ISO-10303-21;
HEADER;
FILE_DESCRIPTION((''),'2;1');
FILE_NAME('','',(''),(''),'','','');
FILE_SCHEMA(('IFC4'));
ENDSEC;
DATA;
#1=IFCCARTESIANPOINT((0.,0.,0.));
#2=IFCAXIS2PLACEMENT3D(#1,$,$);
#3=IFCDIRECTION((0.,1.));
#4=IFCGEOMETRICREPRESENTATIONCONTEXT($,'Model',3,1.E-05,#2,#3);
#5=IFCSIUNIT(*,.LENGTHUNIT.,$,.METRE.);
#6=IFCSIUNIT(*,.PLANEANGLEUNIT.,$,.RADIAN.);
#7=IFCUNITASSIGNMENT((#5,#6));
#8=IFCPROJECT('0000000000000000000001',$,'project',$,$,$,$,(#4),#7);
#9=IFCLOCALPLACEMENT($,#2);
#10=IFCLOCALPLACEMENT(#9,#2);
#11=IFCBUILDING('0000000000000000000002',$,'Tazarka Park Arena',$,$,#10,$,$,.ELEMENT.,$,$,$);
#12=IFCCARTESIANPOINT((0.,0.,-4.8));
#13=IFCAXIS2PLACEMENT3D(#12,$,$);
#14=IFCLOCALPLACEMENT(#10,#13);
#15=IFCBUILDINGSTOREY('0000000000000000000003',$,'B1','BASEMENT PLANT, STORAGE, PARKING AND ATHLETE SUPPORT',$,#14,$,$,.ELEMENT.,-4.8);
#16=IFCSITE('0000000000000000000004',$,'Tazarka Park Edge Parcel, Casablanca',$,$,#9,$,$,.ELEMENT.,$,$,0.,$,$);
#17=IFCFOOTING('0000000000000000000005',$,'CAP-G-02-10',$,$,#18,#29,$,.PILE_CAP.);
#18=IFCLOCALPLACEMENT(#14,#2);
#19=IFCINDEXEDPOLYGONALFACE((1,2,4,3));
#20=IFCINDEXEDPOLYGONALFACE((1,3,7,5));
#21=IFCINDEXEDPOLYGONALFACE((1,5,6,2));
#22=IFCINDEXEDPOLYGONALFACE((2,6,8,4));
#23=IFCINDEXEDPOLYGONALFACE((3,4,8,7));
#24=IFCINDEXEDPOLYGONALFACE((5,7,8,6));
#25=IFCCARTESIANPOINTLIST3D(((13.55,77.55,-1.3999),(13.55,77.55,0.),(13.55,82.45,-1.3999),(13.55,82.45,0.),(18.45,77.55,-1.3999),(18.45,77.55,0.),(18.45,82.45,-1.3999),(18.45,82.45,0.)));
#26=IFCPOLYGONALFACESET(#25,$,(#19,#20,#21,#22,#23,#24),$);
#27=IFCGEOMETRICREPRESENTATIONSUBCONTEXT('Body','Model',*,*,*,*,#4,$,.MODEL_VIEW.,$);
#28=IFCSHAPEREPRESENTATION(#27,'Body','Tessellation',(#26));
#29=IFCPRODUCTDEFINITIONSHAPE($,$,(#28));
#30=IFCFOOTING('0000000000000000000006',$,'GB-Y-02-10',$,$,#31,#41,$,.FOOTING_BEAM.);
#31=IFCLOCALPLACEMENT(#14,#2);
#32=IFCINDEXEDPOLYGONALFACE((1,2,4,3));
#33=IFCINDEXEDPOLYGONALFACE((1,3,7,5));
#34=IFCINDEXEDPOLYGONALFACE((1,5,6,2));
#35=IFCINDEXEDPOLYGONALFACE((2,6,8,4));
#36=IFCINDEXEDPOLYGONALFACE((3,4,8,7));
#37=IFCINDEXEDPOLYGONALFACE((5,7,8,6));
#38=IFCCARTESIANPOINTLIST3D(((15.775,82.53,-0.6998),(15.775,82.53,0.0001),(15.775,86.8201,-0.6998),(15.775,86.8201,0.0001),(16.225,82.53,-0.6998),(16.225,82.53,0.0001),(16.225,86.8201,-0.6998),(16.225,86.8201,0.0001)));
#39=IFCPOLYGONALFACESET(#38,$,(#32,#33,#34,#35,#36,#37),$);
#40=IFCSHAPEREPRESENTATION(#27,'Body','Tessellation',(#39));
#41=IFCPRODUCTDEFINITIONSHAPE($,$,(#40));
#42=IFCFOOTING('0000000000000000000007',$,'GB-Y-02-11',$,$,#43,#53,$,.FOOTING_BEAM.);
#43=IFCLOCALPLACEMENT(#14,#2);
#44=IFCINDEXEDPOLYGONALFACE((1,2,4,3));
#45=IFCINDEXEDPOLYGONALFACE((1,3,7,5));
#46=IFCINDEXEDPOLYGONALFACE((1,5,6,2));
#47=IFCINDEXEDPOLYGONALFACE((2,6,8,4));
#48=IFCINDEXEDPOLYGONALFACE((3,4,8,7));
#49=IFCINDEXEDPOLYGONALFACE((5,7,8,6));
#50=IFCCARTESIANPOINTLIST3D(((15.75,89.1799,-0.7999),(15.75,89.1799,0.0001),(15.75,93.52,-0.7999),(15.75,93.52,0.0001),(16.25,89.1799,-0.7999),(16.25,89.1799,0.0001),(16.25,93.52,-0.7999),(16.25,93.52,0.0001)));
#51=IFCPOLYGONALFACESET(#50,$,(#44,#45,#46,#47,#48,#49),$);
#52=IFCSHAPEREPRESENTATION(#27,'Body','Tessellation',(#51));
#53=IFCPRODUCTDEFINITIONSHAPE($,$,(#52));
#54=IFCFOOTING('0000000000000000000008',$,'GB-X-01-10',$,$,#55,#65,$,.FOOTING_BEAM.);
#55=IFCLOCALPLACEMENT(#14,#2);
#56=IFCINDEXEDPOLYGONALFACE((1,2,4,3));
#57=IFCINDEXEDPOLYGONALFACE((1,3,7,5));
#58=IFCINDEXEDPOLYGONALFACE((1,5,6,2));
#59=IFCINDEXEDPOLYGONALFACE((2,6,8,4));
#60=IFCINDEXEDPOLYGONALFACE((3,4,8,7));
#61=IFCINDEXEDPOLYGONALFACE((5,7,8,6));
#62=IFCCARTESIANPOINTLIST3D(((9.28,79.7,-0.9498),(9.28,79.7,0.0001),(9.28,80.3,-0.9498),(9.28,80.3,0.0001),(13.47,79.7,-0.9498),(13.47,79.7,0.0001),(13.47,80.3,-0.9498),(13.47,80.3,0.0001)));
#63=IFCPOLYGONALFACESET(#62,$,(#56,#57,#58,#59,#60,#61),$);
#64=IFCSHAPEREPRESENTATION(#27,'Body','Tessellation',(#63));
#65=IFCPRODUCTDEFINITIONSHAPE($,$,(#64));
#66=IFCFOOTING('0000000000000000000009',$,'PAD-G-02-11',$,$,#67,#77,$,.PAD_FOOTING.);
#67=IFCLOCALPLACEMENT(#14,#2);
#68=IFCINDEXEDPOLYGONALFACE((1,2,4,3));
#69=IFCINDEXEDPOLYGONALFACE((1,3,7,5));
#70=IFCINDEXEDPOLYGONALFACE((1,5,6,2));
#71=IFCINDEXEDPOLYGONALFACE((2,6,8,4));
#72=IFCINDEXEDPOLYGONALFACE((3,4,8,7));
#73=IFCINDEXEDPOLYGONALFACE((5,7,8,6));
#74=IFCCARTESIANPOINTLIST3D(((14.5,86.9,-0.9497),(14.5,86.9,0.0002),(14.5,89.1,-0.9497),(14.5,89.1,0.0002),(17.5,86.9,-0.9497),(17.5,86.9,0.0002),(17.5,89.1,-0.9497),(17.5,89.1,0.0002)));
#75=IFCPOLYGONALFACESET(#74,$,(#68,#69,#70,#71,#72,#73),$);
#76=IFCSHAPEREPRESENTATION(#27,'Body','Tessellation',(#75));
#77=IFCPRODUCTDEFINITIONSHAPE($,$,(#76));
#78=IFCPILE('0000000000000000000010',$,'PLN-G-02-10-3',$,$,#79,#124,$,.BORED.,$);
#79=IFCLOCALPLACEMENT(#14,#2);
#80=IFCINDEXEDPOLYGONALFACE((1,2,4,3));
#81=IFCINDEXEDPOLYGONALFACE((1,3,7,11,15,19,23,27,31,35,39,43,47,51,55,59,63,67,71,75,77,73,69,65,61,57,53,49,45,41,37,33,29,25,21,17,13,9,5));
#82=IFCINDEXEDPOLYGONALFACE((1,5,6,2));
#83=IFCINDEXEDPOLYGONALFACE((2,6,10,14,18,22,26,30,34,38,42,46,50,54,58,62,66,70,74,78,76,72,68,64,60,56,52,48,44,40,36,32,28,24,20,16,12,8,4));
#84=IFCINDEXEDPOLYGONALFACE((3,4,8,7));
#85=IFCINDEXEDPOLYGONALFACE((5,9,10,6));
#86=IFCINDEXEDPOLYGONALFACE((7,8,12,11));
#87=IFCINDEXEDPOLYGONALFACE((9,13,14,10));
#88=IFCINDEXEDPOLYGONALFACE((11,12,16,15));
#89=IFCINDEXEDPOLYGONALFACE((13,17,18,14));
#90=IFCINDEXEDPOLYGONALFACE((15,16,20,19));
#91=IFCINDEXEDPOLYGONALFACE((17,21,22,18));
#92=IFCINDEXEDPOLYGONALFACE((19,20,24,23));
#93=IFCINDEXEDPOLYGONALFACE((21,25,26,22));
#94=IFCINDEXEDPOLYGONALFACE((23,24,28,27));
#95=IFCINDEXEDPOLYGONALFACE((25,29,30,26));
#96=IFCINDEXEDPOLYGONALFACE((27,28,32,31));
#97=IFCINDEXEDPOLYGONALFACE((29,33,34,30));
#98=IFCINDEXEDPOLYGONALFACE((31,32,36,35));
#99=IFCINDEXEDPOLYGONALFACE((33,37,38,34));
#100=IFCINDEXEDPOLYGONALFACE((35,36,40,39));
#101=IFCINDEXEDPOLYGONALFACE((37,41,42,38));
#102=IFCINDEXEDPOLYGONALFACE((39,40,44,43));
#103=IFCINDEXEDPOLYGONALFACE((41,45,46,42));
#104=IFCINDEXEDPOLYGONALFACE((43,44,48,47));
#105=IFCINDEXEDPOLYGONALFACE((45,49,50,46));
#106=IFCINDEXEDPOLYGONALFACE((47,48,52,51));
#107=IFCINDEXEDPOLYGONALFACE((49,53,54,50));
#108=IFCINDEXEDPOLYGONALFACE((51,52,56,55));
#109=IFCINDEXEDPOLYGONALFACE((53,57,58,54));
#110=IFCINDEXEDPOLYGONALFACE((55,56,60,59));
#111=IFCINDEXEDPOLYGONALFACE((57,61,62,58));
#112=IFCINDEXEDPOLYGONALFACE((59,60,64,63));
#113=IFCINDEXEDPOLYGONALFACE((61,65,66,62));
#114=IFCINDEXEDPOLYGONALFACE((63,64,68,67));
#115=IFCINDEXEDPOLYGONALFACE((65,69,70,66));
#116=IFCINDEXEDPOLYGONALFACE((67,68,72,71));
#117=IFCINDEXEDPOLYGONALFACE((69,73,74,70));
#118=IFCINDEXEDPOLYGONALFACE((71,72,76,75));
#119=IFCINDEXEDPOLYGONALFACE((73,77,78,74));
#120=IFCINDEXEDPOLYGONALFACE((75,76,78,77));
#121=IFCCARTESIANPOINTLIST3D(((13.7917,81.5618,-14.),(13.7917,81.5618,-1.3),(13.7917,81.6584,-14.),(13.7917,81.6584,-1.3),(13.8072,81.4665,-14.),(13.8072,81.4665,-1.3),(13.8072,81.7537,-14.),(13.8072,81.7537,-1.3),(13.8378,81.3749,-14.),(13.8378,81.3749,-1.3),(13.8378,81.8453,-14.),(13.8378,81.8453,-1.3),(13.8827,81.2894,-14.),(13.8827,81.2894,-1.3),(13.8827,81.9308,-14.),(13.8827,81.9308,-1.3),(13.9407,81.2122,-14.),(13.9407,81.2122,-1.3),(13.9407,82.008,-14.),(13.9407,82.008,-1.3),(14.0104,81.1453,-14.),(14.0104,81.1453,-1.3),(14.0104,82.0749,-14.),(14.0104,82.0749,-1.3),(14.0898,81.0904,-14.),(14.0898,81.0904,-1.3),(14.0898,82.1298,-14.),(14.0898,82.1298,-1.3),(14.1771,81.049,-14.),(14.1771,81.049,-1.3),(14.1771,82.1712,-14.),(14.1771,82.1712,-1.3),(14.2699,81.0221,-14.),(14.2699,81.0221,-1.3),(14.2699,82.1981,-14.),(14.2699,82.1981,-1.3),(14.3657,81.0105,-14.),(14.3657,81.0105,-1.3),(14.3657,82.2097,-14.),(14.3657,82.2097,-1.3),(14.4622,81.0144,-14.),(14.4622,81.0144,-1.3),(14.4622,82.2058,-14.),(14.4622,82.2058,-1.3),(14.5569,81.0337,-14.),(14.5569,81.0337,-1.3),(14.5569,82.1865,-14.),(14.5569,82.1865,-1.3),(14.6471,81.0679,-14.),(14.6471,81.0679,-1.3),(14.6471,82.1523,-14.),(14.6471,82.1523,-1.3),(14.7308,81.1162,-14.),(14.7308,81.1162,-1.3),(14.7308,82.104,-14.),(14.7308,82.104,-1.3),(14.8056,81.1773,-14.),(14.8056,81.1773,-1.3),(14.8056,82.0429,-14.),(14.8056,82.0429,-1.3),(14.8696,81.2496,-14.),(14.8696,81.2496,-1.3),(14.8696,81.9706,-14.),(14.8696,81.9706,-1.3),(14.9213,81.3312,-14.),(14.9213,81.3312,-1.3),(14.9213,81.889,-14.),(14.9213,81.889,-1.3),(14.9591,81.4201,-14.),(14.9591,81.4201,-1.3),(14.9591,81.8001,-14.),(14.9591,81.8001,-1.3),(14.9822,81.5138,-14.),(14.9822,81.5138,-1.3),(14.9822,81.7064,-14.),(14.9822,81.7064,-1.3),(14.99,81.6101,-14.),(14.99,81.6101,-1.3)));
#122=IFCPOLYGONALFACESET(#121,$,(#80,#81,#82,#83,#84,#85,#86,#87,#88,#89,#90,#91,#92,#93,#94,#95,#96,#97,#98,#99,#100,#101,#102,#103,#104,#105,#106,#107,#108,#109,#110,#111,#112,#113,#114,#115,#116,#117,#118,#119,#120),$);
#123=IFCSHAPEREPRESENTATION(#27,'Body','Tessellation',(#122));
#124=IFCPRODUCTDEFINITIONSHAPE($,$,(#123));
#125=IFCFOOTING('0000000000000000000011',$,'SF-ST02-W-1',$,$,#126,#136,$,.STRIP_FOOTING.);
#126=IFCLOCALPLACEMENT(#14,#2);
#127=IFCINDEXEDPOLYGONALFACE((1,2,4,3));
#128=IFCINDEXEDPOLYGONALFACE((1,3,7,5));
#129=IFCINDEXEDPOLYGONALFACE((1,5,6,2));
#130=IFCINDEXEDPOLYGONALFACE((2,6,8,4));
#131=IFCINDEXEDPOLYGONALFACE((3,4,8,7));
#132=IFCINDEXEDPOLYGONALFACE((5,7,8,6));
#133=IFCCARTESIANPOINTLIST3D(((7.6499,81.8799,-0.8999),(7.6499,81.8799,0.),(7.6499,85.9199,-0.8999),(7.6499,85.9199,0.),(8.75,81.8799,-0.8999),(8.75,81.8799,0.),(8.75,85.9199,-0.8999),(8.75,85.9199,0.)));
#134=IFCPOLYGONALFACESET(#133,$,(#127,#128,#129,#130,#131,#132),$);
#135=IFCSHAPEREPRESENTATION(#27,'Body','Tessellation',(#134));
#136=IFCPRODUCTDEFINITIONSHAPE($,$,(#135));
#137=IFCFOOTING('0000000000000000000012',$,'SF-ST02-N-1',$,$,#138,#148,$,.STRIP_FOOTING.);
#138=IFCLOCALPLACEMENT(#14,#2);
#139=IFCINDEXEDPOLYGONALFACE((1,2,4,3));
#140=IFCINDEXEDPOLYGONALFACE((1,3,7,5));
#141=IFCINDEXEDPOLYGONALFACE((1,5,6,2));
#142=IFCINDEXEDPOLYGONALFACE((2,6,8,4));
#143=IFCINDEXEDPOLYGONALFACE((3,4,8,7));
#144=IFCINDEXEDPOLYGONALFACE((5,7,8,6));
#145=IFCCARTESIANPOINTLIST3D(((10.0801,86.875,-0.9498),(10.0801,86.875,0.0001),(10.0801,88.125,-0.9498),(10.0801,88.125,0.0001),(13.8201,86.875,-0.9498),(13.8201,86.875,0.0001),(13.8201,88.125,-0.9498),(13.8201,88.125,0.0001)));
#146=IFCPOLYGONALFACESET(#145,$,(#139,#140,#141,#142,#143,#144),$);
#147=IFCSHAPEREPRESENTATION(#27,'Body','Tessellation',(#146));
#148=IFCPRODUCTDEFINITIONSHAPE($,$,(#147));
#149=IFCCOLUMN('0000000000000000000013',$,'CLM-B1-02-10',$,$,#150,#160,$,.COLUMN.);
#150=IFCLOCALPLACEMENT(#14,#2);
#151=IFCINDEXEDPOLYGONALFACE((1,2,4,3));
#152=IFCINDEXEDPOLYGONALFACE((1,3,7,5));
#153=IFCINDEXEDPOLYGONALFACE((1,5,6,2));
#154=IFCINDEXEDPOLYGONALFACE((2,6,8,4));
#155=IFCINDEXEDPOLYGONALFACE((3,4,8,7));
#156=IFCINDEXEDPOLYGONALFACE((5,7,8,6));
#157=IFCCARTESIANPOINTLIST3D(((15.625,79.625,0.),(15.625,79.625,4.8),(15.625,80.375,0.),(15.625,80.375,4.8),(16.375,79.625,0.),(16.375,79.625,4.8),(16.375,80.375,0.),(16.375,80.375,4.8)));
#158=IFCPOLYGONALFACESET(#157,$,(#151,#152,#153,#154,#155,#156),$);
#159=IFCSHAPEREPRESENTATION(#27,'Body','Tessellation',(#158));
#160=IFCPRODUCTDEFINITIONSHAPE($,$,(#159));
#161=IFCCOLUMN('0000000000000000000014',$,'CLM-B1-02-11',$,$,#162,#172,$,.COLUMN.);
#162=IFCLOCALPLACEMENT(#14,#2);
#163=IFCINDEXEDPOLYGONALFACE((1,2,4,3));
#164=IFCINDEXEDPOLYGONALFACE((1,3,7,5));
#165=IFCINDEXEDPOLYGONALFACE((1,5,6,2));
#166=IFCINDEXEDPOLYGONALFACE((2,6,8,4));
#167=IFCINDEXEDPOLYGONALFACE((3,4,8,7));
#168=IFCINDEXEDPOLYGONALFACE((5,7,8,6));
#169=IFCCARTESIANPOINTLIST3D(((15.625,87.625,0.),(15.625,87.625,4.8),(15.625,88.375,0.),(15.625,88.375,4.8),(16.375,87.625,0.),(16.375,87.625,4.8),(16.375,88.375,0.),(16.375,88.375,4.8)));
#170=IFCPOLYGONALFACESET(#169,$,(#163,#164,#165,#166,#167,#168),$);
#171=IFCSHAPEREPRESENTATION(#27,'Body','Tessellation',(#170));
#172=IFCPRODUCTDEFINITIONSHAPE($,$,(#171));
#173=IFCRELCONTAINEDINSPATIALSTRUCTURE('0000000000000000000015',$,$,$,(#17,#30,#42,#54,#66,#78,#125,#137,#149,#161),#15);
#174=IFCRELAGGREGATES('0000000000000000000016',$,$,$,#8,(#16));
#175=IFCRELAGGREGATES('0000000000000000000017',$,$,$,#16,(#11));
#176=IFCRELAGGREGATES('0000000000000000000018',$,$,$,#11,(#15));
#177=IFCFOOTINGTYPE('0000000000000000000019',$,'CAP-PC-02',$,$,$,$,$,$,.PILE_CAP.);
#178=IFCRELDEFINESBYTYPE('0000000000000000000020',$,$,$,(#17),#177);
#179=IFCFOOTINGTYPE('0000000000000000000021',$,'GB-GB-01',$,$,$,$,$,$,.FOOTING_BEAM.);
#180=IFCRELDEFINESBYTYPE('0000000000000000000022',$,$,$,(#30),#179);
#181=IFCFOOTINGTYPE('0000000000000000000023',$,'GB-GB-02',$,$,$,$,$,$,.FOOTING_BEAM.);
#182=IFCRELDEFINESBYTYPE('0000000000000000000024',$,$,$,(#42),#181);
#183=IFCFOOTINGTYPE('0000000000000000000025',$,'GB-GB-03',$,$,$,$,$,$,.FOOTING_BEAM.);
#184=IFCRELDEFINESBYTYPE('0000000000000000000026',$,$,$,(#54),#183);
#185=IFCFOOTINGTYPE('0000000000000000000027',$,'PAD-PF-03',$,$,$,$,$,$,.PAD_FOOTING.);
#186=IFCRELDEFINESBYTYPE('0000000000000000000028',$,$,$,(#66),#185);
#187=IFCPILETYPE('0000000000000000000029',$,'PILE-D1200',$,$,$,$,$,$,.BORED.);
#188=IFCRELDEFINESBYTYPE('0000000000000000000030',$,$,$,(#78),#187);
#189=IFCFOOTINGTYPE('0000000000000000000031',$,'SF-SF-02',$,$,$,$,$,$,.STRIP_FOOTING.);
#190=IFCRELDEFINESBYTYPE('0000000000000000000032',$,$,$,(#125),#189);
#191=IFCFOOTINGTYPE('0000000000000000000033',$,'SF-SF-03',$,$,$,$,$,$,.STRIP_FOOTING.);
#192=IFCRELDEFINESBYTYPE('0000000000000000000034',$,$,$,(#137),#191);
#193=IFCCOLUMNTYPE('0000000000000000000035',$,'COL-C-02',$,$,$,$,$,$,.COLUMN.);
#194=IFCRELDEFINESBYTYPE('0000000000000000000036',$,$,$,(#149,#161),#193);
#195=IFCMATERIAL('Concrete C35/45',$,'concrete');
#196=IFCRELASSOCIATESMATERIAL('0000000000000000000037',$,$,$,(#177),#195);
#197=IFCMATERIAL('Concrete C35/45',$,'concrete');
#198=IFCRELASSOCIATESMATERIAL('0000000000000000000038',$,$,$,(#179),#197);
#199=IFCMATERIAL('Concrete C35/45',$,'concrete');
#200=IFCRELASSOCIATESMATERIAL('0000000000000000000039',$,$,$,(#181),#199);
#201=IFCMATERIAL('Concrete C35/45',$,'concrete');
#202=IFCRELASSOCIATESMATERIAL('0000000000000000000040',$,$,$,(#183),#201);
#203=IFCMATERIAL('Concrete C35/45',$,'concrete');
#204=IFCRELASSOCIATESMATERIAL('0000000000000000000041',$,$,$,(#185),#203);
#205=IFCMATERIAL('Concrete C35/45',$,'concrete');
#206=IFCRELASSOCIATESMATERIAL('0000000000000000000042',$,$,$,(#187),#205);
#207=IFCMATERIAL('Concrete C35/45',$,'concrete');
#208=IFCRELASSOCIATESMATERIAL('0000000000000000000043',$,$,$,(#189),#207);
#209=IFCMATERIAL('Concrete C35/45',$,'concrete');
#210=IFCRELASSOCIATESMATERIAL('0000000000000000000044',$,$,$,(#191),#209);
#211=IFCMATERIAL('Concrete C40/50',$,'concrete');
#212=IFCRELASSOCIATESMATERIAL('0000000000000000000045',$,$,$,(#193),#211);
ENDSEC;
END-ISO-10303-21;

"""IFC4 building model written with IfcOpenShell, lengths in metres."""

from ifc_helpers import new_model, si_unit, direction, frame, origin, origin_2d, place, context, subcontext, project, spatial, rectangle, circle, extrude, material, material_profile, profile_set, type_object, element, save


model = new_model("IFC4")

# Units and contexts
model_context = context("Model", 3, precision=1e-05, world=origin(), true_north=direction((0.0, 1.0)))
body_context = subcontext(model_context, "Body", "Model", "MODEL_VIEW")
ifc_project = project(units=[si_unit("LENGTHUNIT", "METRE"), si_unit("PLANEANGLEUNIT", "RADIAN")], contexts=[model_context])

# Site, building, storey
site_placement = place(None, origin())
site = spatial("IfcSite", under=ifc_project, at=site_placement, Name="Tazarka Park Edge Parcel, Casablanca", CompositionType="ELEMENT", RefElevation=0.0)
building_placement = place(site_placement, origin())
building = spatial("IfcBuilding", under=site, at=building_placement, Name="Tazarka Park Arena", CompositionType="ELEMENT")
storey_placement = place(building_placement, frame((0.0, 0.0, -4.8)))
storey = spatial("IfcBuildingStorey", under=building, at=storey_placement, Name="B1", Description="BASEMENT PLANT, STORAGE, PARKING AND ATHLETE SUPPORT", CompositionType="ELEMENT", Elevation=-4.8)

# Footings
ifc_material_1 = material(Name="Concrete C35/45", Category="concrete")
footing_type_1 = type_object("IfcFootingType", Name="CAP-PC-02", PredefinedType="PILE_CAP", material=ifc_material_1)
footing_1_placement = place(storey_placement, frame((16.0, 80.0, -1.3999), z_axis=(0.0, 0.0, 1.0), x_axis=(1.0, 0.0, 0.0)))
element("IfcFooting", 1, at=footing_1_placement, inside=storey, type_object=footing_type_1, Name="CAP-G-02-10", PredefinedType="PILE_CAP", context=body_context, shape_type="SweptSolid", body=[
    extrude(rectangle(XDim=4.8999, YDim=4.8999, at=origin_2d()), origin(), (0.0, 0.0, 1.0), 1.3999),
])
ifc_material_2 = material(Name="Concrete C35/45", Category="concrete")
ifc_material_profile_1 = material_profile(ifc_material_2, rectangle(XDim=0.45, YDim=0.7, at=origin_2d()), Name="Concrete C35/45")
ifc_profile_set_1 = profile_set([ifc_material_profile_1], Name="Concrete C35/45")
footing_type_2 = type_object("IfcFootingType", Name="GB-GB-01", PredefinedType="FOOTING_BEAM", material=ifc_profile_set_1)
footing_2_placement = place(storey_placement, frame((16.0, 82.53, -0.3499), z_axis=(0.0, 1.0, 0.0), x_axis=(-1.0, 0.0, 0.0)))
element("IfcFooting", 2, at=footing_2_placement, inside=storey, type_object=footing_type_2, Name="GB-Y-02-10", PredefinedType="FOOTING_BEAM", context=body_context, shape_type="SweptSolid", body=[
    extrude(rectangle(XDim=0.45, YDim=0.7, at=origin_2d()), origin(), (0.0, 0.0, 1.0), 4.29),
])
ifc_material_3 = material(Name="Concrete C35/45", Category="concrete")
ifc_material_profile_2 = material_profile(ifc_material_3, rectangle(XDim=0.5, YDim=0.8, at=origin_2d()), Name="Concrete C35/45")
ifc_profile_set_2 = profile_set([ifc_material_profile_2], Name="Concrete C35/45")
footing_type_3 = type_object("IfcFootingType", Name="GB-GB-02", PredefinedType="FOOTING_BEAM", material=ifc_profile_set_2)
footing_3_placement = place(storey_placement, frame((16.0, 89.1799, -0.3999), z_axis=(0.0, 1.0, 0.0), x_axis=(-1.0, 0.0, 0.0)))
element("IfcFooting", 3, at=footing_3_placement, inside=storey, type_object=footing_type_3, Name="GB-Y-02-11", PredefinedType="FOOTING_BEAM", context=body_context, shape_type="SweptSolid", body=[
    extrude(rectangle(XDim=0.5, YDim=0.8, at=origin_2d()), origin(), (0.0, 0.0, 1.0), 4.3401),
])
ifc_material_4 = material(Name="Concrete C35/45", Category="concrete")
ifc_material_profile_3 = material_profile(ifc_material_4, rectangle(XDim=0.6001, YDim=0.95, at=origin_2d()), Name="Concrete C35/45")
ifc_profile_set_3 = profile_set([ifc_material_profile_3], Name="Concrete C35/45")
footing_type_4 = type_object("IfcFootingType", Name="GB-GB-03", PredefinedType="FOOTING_BEAM", material=ifc_profile_set_3)
footing_4_placement = place(storey_placement, frame((9.28, 80.0, -0.4749), z_axis=(1.0, 0.0, 0.0), x_axis=(0.0, 1.0, 0.0)))
element("IfcFooting", 4, at=footing_4_placement, inside=storey, type_object=footing_type_4, Name="GB-X-01-10", PredefinedType="FOOTING_BEAM", context=body_context, shape_type="SweptSolid", body=[
    extrude(rectangle(XDim=0.6001, YDim=0.95, at=origin_2d()), origin(), (0.0, 0.0, 1.0), 4.1899),
])
ifc_material_5 = material(Name="Concrete C35/45", Category="concrete")
footing_type_5 = type_object("IfcFootingType", Name="PAD-PF-03", PredefinedType="PAD_FOOTING", material=ifc_material_5)
footing_5_placement = place(storey_placement, frame((16.0, 88.0, -0.9497), z_axis=(0.0, 0.0, 1.0), x_axis=(1.0, 0.0, 0.0)))
element("IfcFooting", 5, at=footing_5_placement, inside=storey, type_object=footing_type_5, Name="PAD-G-02-11", PredefinedType="PAD_FOOTING", context=body_context, shape_type="SweptSolid", body=[
    extrude(rectangle(XDim=3.0, YDim=2.2, at=origin_2d()), origin(), (0.0, 0.0, 1.0), 0.95),
])

# Pile
ifc_material_6 = material(Name="Concrete C35/45", Category="concrete")
ifc_material_profile_4 = material_profile(ifc_material_6, circle(Radius=0.6001, at=origin_2d()), Name="Concrete C35/45")
ifc_profile_set_4 = profile_set([ifc_material_profile_4], Name="Concrete C35/45")
pile_type = type_object("IfcPileType", Name="PILE-D1200", PredefinedType="BORED", material=ifc_profile_set_4)
pile_placement = place(storey_placement, frame((14.3899, 81.6101, -1.3), z_axis=(0.0, 0.0, -1.0), x_axis=(1.0, 0.0, 0.0)))
element("IfcPile", 6, at=pile_placement, inside=storey, type_object=pile_type, Name="PLN-G-02-10-3", PredefinedType="BORED", context=body_context, shape_type="SweptSolid", body=[
    extrude(circle(Radius=0.6001, at=origin_2d()), origin(), (0.0, 0.0, 1.0), 12.7),
])

# Footings
ifc_material_7 = material(Name="Concrete C35/45", Category="concrete")
ifc_material_profile_5 = material_profile(ifc_material_7, rectangle(XDim=1.1001, YDim=0.8999, at=origin_2d()), Name="Concrete C35/45")
ifc_profile_set_5 = profile_set([ifc_material_profile_5], Name="Concrete C35/45")
footing_type_6 = type_object("IfcFootingType", Name="SF-SF-02", PredefinedType="STRIP_FOOTING", material=ifc_profile_set_5)
footing_6_placement = place(storey_placement, frame((8.2, 81.8799, -0.45), z_axis=(0.0, 1.0, 0.0), x_axis=(-1.0, 0.0, 0.0)))
element("IfcFooting", 7, at=footing_6_placement, inside=storey, type_object=footing_type_6, Name="SF-ST02-W-1", PredefinedType="STRIP_FOOTING", context=body_context, shape_type="SweptSolid", body=[
    extrude(rectangle(XDim=1.1001, YDim=0.8999, at=origin_2d()), origin(), (0.0, 0.0, 1.0), 4.04),
])
ifc_material_8 = material(Name="Concrete C35/45", Category="concrete")
ifc_material_profile_6 = material_profile(ifc_material_8, rectangle(XDim=1.25, YDim=0.95, at=origin_2d()), Name="Concrete C35/45")
ifc_profile_set_6 = profile_set([ifc_material_profile_6], Name="Concrete C35/45")
footing_type_7 = type_object("IfcFootingType", Name="SF-SF-03", PredefinedType="STRIP_FOOTING", material=ifc_profile_set_6)
footing_7_placement = place(storey_placement, frame((10.0801, 87.5, -0.4749), z_axis=(1.0, 0.0, 0.0), x_axis=(0.0, 1.0, 0.0)))
element("IfcFooting", 8, at=footing_7_placement, inside=storey, type_object=footing_type_7, Name="SF-ST02-N-1", PredefinedType="STRIP_FOOTING", context=body_context, shape_type="SweptSolid", body=[
    extrude(rectangle(XDim=1.25, YDim=0.95, at=origin_2d()), origin(), (0.0, 0.0, 1.0), 3.74),
])

# Columns
ifc_material_9 = material(Name="Concrete C40/50", Category="concrete")
ifc_material_profile_7 = material_profile(ifc_material_9, rectangle(XDim=0.75, YDim=0.75, at=origin_2d()), Name="Concrete C40/50")
ifc_profile_set_7 = profile_set([ifc_material_profile_7], Name="Concrete C40/50")
column_type = type_object("IfcColumnType", Name="COL-C-02", PredefinedType="COLUMN", material=ifc_profile_set_7)
for number, where, z_axis, x_axis, name in (
    (9, (16.0, 80.0, 0.0), (0.0, 0.0, 1.0), (1.0, 0.0, 0.0), "CLM-B1-02-10"),
    (10, (16.0, 88.0, 0.0), (0.0, 0.0, 1.0), (1.0, 0.0, 0.0), "CLM-B1-02-11"),
):
    element("IfcColumn", number, at=place(storey_placement, frame(where, z_axis=z_axis, x_axis=x_axis)), inside=storey, type_object=column_type, Name=name, PredefinedType="COLUMN", context=body_context, shape_type="SweptSolid", body=[
        extrude(rectangle(XDim=0.75, YDim=0.75, at=origin_2d()), origin(), (0.0, 0.0, 1.0), 4.8),
    ])

save(model, "model.ifc")
